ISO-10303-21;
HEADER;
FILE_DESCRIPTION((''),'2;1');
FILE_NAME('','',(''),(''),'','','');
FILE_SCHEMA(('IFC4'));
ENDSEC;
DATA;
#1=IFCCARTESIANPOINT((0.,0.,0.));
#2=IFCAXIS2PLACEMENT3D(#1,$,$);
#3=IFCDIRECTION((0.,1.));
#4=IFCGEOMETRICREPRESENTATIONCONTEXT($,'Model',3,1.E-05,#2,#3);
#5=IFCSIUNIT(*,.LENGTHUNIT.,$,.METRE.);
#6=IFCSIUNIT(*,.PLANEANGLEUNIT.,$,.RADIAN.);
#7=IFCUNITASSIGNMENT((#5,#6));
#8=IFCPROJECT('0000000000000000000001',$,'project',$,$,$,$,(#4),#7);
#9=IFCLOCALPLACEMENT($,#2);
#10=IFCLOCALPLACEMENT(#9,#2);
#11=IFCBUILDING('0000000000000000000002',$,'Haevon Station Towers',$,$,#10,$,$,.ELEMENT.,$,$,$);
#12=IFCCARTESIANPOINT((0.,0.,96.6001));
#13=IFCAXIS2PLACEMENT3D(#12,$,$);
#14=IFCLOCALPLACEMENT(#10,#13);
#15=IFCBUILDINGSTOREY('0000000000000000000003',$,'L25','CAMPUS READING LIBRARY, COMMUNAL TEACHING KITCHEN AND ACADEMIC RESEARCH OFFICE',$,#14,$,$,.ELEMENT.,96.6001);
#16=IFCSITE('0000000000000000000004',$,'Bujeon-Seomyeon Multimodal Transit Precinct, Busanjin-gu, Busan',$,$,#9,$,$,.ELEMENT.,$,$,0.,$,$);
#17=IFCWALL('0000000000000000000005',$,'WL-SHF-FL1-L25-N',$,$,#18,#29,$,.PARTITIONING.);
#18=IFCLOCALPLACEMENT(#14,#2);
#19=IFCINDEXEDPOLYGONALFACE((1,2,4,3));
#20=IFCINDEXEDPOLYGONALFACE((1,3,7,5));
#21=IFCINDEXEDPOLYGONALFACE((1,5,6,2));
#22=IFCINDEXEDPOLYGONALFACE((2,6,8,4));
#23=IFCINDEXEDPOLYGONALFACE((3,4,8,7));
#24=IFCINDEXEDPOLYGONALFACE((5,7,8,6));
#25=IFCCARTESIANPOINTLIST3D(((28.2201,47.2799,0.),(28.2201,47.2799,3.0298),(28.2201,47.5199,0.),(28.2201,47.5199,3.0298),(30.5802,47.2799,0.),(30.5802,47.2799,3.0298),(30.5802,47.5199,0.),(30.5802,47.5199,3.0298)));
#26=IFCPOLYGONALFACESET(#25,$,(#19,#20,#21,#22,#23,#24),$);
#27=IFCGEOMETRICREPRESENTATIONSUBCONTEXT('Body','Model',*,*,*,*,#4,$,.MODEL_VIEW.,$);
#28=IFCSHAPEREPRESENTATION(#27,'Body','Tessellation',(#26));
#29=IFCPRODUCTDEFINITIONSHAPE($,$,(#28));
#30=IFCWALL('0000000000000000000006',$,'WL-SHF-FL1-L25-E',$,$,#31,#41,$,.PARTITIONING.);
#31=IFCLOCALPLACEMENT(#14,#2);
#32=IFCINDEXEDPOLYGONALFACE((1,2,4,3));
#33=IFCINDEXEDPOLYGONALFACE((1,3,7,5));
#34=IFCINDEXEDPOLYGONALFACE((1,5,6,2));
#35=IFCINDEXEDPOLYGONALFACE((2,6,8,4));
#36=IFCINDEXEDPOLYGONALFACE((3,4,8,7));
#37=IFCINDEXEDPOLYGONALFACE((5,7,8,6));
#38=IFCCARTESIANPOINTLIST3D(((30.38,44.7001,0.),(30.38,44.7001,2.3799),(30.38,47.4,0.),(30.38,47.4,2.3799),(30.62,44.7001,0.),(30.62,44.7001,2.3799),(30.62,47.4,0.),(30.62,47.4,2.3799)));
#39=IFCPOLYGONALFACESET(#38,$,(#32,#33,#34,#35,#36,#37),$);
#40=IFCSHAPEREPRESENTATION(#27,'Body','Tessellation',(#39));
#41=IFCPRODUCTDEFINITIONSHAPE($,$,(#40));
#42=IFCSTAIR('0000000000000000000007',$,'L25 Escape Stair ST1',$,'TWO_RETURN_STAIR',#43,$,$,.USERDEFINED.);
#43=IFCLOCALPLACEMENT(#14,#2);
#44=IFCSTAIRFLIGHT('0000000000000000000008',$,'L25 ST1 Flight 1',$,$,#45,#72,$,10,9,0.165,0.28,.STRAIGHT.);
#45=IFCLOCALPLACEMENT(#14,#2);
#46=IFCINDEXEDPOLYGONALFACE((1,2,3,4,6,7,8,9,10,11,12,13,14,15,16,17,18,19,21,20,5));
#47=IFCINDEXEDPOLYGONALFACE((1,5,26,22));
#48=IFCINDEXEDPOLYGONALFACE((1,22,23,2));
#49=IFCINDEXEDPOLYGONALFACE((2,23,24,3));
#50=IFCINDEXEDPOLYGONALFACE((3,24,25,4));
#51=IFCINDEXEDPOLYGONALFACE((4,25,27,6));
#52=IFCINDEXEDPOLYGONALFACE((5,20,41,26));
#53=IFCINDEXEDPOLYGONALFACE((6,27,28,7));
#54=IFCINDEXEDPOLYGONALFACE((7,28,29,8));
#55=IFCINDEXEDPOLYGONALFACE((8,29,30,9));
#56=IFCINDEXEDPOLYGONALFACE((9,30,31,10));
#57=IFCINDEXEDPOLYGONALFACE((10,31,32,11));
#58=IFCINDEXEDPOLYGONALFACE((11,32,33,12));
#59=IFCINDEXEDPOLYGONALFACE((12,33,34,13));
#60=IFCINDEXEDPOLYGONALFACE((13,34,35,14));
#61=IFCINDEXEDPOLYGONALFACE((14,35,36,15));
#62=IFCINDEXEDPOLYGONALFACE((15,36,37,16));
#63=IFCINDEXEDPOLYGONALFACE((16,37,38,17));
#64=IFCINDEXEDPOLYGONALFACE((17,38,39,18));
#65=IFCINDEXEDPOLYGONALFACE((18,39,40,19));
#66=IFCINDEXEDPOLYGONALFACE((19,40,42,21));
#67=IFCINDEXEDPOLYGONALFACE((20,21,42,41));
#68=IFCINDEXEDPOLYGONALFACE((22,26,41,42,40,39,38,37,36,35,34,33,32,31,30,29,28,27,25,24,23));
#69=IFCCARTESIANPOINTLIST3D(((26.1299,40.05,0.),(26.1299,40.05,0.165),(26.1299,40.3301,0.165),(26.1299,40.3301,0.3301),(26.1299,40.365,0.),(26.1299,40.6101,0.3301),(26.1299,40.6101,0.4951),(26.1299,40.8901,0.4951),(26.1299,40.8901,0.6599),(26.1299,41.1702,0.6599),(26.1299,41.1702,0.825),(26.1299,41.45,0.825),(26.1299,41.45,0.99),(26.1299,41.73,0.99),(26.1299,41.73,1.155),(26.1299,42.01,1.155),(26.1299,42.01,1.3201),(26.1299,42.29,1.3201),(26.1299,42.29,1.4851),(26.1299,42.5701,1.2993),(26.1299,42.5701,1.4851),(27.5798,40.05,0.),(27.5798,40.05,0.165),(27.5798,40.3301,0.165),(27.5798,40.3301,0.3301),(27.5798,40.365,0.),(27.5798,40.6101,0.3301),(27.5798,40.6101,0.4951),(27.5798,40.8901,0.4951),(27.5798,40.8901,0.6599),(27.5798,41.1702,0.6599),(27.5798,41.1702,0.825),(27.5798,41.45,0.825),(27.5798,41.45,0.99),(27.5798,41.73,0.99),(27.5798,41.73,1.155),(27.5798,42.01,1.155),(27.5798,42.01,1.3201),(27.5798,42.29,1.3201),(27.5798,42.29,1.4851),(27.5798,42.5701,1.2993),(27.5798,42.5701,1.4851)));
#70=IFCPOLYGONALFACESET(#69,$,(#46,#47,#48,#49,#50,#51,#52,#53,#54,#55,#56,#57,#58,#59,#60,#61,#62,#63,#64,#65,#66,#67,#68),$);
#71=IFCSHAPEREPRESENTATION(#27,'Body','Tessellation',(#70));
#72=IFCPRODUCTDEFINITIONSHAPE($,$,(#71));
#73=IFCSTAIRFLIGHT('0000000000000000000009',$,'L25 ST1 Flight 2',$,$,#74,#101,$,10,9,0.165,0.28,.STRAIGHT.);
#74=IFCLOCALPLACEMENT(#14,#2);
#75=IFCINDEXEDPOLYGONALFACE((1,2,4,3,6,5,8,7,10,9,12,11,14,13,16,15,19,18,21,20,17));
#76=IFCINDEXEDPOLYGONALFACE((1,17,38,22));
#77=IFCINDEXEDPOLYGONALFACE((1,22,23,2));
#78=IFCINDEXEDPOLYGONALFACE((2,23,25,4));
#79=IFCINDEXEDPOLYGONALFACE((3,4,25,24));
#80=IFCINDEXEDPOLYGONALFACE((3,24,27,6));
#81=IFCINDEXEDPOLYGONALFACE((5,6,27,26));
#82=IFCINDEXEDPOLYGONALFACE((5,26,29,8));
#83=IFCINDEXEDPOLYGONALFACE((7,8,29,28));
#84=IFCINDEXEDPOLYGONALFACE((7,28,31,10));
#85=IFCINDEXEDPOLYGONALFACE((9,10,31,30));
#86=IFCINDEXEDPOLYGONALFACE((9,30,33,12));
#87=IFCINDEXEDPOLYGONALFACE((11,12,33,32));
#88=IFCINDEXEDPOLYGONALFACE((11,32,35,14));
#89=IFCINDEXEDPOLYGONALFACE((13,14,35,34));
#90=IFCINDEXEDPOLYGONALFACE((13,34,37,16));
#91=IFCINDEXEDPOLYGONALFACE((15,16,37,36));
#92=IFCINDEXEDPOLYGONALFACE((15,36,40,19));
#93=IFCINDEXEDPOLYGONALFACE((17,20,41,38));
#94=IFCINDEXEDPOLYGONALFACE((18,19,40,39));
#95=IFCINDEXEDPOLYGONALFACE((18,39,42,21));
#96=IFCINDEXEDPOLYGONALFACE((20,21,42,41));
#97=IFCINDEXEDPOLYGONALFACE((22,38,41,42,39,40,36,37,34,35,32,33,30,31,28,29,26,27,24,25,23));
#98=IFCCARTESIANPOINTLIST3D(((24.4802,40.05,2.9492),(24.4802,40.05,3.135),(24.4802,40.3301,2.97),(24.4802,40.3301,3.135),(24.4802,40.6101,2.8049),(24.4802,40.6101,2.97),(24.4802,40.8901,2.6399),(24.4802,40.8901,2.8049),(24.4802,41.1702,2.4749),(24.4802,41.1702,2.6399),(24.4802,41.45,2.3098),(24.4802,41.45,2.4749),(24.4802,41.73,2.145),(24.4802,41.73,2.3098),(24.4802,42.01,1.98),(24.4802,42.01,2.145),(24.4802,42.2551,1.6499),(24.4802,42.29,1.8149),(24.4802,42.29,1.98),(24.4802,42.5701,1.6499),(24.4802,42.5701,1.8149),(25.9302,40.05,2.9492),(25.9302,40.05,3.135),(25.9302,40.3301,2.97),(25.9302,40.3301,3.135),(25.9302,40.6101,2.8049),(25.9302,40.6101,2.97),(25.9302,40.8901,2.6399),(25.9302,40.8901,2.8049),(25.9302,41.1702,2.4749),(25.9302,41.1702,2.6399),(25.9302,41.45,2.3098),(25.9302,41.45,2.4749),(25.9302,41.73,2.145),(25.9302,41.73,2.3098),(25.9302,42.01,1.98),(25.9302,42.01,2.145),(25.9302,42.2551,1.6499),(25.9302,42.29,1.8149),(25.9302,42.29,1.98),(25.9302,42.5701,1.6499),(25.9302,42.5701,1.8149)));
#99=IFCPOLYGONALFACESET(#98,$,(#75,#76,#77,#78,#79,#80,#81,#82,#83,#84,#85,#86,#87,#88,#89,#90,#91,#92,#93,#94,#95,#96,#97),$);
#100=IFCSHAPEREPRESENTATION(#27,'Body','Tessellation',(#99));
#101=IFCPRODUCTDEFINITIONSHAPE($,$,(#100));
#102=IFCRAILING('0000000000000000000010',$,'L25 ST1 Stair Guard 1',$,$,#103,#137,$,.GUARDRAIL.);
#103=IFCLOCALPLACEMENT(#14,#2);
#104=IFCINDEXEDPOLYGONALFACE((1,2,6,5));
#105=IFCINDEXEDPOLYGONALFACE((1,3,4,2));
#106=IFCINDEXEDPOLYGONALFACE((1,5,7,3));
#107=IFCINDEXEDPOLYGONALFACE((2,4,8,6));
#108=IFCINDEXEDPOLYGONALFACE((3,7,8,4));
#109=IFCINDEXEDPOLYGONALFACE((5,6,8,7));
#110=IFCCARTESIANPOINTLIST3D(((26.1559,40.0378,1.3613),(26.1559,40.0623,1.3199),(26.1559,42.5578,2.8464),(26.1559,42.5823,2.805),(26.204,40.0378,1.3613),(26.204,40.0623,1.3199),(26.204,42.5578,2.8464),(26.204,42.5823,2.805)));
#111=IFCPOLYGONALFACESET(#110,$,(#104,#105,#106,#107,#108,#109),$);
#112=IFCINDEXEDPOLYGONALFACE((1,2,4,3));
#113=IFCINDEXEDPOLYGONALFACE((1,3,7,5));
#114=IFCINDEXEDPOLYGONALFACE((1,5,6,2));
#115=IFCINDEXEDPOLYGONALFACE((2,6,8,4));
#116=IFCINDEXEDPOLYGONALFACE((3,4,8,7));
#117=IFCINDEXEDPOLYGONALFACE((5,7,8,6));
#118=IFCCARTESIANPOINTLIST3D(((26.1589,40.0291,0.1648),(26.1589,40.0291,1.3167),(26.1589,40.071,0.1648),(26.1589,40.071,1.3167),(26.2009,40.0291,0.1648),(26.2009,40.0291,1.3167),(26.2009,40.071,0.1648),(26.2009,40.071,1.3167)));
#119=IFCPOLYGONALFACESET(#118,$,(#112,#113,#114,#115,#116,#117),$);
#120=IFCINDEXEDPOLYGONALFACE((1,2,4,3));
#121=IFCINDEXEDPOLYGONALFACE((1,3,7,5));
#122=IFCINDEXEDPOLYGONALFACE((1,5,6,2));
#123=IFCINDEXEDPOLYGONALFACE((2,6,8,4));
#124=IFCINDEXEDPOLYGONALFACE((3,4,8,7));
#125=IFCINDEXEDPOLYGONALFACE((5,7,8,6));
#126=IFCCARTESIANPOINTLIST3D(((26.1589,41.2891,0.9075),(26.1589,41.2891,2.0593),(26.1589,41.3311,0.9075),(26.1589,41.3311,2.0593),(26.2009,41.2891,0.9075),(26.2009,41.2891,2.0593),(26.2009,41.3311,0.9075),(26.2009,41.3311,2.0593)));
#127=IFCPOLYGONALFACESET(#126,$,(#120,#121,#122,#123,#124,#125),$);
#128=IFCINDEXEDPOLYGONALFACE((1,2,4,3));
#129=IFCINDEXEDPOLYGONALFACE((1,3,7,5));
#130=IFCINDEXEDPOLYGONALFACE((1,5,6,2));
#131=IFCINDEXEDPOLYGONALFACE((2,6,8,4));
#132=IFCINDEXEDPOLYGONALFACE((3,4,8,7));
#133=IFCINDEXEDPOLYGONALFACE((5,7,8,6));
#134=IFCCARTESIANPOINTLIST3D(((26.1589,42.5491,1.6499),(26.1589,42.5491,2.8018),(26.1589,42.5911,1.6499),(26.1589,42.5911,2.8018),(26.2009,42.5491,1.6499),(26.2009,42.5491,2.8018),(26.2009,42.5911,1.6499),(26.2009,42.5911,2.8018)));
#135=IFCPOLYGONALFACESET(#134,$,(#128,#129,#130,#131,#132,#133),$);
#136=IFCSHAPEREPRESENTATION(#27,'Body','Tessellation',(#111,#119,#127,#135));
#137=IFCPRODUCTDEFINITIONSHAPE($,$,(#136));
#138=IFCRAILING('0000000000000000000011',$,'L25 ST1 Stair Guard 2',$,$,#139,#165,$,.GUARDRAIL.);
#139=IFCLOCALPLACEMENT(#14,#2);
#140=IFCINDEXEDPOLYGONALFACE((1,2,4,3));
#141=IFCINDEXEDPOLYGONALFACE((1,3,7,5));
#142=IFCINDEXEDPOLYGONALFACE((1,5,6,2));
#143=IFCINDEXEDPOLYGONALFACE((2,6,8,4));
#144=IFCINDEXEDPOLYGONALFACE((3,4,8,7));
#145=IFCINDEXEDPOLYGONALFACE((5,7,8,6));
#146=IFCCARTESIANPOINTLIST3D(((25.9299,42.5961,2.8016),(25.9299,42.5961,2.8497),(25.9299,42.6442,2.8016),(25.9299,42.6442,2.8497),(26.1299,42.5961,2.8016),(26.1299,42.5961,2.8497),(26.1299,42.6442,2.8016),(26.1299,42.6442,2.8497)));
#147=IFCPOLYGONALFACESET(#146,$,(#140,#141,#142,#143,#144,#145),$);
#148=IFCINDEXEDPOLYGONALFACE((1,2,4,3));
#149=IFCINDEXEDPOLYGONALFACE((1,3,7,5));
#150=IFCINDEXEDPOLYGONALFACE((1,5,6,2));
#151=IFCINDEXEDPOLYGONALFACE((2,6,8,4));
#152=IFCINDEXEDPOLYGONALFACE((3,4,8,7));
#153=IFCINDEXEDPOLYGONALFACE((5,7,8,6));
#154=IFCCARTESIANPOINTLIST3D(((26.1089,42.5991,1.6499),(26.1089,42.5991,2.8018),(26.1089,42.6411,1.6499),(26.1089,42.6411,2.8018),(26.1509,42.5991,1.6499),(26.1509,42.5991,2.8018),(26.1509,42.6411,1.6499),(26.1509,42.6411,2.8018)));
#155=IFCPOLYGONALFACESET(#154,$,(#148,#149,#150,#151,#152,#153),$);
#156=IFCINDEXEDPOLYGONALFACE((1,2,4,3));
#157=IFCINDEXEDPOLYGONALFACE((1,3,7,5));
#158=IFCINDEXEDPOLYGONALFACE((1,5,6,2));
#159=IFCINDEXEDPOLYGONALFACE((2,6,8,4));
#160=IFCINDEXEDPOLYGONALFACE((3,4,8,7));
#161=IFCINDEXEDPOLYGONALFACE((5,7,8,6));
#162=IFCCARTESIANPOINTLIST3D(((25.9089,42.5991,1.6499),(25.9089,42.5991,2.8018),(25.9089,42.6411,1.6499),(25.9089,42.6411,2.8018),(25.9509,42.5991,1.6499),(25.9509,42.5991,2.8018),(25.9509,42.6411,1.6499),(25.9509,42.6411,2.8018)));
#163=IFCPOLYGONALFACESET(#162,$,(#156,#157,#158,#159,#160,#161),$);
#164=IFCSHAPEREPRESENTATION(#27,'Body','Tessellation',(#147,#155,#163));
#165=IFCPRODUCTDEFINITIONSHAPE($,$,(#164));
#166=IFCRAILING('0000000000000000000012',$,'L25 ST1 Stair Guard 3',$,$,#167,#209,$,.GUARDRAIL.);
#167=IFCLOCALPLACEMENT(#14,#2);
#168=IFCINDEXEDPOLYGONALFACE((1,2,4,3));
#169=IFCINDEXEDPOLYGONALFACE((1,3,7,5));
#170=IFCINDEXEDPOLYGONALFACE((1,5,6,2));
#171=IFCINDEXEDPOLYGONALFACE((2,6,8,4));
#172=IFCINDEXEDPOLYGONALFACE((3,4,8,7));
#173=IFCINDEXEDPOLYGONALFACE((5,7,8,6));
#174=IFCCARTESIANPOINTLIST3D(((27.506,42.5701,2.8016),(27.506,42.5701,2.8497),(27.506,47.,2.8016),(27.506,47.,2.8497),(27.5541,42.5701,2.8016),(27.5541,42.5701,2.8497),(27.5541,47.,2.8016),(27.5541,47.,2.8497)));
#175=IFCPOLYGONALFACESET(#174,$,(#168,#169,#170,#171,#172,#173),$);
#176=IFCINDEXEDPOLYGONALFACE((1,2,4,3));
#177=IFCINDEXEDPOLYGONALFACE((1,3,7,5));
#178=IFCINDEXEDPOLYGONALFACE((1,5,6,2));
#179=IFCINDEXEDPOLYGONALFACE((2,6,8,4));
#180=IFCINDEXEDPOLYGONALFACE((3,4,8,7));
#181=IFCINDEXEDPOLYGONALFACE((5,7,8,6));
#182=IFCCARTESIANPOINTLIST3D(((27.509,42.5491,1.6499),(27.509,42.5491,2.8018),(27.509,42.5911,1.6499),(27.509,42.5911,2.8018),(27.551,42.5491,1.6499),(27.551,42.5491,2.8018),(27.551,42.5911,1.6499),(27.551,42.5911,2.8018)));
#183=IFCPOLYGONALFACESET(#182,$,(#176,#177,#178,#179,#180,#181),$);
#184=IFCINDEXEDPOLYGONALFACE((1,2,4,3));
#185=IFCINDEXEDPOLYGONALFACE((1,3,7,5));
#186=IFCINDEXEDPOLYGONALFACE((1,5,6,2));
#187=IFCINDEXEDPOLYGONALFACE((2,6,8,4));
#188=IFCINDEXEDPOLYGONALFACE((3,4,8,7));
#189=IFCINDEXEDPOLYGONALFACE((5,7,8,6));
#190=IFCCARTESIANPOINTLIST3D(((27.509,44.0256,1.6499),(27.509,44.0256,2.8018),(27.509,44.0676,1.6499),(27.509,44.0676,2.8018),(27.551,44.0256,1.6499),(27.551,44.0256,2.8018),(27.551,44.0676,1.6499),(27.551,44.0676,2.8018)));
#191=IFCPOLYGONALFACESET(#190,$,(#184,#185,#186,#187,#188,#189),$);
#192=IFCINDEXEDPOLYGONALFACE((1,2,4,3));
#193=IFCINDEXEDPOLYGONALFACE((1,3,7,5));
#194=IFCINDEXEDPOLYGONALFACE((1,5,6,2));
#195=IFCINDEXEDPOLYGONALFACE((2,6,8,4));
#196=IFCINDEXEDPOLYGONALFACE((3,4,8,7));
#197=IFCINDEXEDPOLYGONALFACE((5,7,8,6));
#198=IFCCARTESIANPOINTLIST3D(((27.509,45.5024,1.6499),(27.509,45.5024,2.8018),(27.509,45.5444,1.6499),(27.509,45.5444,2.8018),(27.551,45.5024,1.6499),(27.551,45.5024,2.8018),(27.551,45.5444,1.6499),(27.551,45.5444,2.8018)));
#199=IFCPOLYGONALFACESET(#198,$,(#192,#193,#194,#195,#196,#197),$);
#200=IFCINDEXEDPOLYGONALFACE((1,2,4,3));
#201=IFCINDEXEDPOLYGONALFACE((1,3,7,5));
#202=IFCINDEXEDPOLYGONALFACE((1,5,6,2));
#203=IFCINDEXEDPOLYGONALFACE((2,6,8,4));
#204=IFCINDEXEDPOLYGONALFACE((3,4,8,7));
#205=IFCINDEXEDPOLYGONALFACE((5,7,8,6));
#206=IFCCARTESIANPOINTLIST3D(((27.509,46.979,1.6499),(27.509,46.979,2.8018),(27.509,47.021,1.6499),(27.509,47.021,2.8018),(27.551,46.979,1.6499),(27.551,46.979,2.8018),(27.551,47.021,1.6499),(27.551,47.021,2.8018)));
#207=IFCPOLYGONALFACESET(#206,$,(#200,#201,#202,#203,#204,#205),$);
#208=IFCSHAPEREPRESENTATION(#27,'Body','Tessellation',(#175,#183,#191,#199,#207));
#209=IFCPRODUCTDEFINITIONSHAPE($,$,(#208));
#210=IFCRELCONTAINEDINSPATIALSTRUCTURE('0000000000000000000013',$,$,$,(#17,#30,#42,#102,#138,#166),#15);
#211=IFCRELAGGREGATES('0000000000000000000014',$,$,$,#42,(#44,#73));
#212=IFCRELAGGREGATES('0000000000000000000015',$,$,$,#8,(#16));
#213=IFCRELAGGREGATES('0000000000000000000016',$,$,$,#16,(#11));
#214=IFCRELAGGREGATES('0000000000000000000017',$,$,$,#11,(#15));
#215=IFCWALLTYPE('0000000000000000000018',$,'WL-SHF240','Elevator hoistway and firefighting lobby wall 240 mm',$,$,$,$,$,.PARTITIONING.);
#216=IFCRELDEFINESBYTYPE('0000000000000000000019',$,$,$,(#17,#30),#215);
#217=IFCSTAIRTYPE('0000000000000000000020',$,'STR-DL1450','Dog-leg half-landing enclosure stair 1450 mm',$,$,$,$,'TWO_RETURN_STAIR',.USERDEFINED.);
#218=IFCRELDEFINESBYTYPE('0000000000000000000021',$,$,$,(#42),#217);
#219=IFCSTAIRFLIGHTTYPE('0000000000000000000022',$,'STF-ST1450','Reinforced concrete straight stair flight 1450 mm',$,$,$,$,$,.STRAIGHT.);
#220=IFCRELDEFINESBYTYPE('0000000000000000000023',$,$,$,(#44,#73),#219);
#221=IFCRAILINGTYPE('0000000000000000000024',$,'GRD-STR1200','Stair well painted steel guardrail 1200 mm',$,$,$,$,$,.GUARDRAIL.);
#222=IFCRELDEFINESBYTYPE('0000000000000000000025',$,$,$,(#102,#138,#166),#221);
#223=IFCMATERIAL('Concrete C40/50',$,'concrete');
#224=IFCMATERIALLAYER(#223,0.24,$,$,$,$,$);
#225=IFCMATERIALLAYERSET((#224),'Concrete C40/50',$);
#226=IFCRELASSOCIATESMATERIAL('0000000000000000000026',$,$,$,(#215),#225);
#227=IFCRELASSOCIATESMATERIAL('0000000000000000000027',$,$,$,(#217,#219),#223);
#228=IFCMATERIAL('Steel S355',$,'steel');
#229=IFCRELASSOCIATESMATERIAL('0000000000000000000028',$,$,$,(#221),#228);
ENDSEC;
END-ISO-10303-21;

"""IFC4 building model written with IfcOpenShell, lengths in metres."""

from ifc_helpers import new_model, si_unit, direction, frame, frame_2d, origin, origin_2d, place, context, subcontext, project, spatial, polyline, rectangle, outline, extrude, material, layer, layer_set, type_object, element, aggregate, save


model = new_model("IFC4")

# Units and contexts
model_context = context("Model", 3, precision=1e-05, world=origin(), true_north=direction((0.0, 1.0)))
body_context = subcontext(model_context, "Body", "Model", "MODEL_VIEW")
ifc_project = project(units=[si_unit("LENGTHUNIT", "METRE"), si_unit("PLANEANGLEUNIT", "RADIAN")], contexts=[model_context])

# Site, building, storey
site_placement = place(None, origin())
site = spatial("IfcSite", under=ifc_project, at=site_placement, Name="Bujeon-Seomyeon Multimodal Transit Precinct, Busanjin-gu, Busan", CompositionType="ELEMENT", RefElevation=0.0)
building_placement = place(site_placement, origin())
building = spatial("IfcBuilding", under=site, at=building_placement, Name="Haevon Station Towers", CompositionType="ELEMENT")
storey_placement = place(building_placement, frame((0.0, 0.0, 96.6001)))
storey = spatial("IfcBuildingStorey", under=building, at=storey_placement, Name="L25", Description="CAMPUS READING LIBRARY, COMMUNAL TEACHING KITCHEN AND ACADEMIC RESEARCH OFFICE", CompositionType="ELEMENT", Elevation=96.6001)

# Shared definitions
ifc_material_1 = material(Name="Steel S355", Category="steel")

# Shared definitions
ifc_material_2 = material(Name="Concrete C40/50", Category="concrete")
ifc_layer_1 = layer(ifc_material_2, 0.24)
ifc_layer_set_1 = layer_set([ifc_layer_1], Name="Concrete C40/50")
wall_type_1 = type_object("IfcWallType", Name="WL-SHF240", Description="Elevator hoistway and firefighting lobby wall 240 mm", PredefinedType="PARTITIONING", material=ifc_layer_set_1)

# Walls
wall_1_placement = place(storey_placement, frame((28.22, 47.3999, 0.0), z_axis=(0.0, 0.0, 1.0), x_axis=(1.0, 0.0, 0.0)))
element("IfcWall", 1, at=wall_1_placement, inside=storey, type_object=wall_type_1, Name="WL-SHF-FL1-L25-N", PredefinedType="PARTITIONING", context=body_context, shape_type="SweptSolid", body=[
    extrude(rectangle(XDim=2.3601, YDim=0.24, at=frame_2d((1.1802, 0.0))), origin(), (0.0, 0.0, 1.0), 3.0298),
])
wall_2_placement = place(storey_placement, frame((30.5, 44.7, 0.0), z_axis=(0.0, 0.0, 1.0), x_axis=(0.0, 1.0, 0.0)))
element("IfcWall", 2, at=wall_2_placement, inside=storey, type_object=wall_type_1, Name="WL-SHF-FL1-L25-E", PredefinedType="PARTITIONING", context=body_context, shape_type="SweptSolid", body=[
    extrude(rectangle(XDim=2.7, YDim=0.24, at=frame_2d((1.3501, 0.0))), origin(), (0.0, 0.0, 1.0), 2.3799),
])

# Stair, stair flights
stair_type = type_object("IfcStairType", Name="STR-DL1450", Description="Dog-leg half-landing enclosure stair 1450 mm", ElementType="TWO_RETURN_STAIR", PredefinedType="USERDEFINED", material=ifc_material_2)
stair_placement = place(storey_placement, origin())
stair = element("IfcStair", 3, at=stair_placement, inside=storey, type_object=stair_type, Name="L25 Escape Stair ST1", ObjectType="TWO_RETURN_STAIR", PredefinedType="USERDEFINED")
stair_flight_type = type_object("IfcStairFlightType", Name="STF-ST1450", Description="Reinforced concrete straight stair flight 1450 mm", PredefinedType="STRAIGHT", material=ifc_material_2)
stair_flight_1_placement = place(storey_placement, frame((26.855, 40.05, 0.0), z_axis=(0.0, 0.0, 1.0), x_axis=(0.0, 1.0, 0.0)))
stair_flight_1 = element("IfcStairFlight", 4, at=stair_flight_1_placement, type_object=stair_flight_type, Name="L25 ST1 Flight 1", NumberOfRisers=10, NumberOfTreads=9, PredefinedType="STRAIGHT", RiserHeight=0.165, TreadLength=0.28, context=body_context, shape_type="SweptSolid", body=[
    extrude(outline(polyline([(0.0, 0.0), (0.0, 0.165), (0.28, 0.165), (0.28, 0.3301), (0.5601, 0.3301), (0.5601, 0.4951), (0.8401, 0.4951), (0.8401, 0.6599), (1.1201, 0.6599), (1.1201, 0.825), (1.3999, 0.825), (1.3999, 0.99), (1.6799, 0.99), (1.6799, 1.155), (1.96, 1.155), (1.96, 1.3201), (2.24, 1.3201), (2.24, 1.4851), (2.52, 1.4851), (2.52, 1.6499), (2.52, 1.2993), (0.3149, 0.0), (0.0, 0.0)])), frame((0.0, 0.7251, 0.0), z_axis=(0.0, -1.0, 0.0), x_axis=(1.0, 0.0, 0.0)), (0.0, 0.0, 1.0), 1.45),
])
stair_flight_2_placement = place(storey_placement, frame((25.2051, 42.5701, 1.6499), z_axis=(0.0, 0.0, 1.0), x_axis=(0.0, -1.0, 0.0)))
stair_flight_2 = element("IfcStairFlight", 5, at=stair_flight_2_placement, type_object=stair_flight_type, Name="L25 ST1 Flight 2", NumberOfRisers=10, NumberOfTreads=9, PredefinedType="STRAIGHT", RiserHeight=0.165, TreadLength=0.28, context=body_context, shape_type="SweptSolid", body=[
    extrude(outline(polyline([(0.0, 0.0), (0.0, 0.165), (0.28, 0.165), (0.28, 0.3301), (0.5601, 0.3301), (0.5601, 0.4951), (0.8401, 0.4951), (0.8401, 0.6599), (1.1201, 0.6599), (1.1201, 0.825), (1.3999, 0.825), (1.3999, 0.99), (1.6799, 0.99), (1.6799, 1.155), (1.96, 1.155), (1.96, 1.3201), (2.24, 1.3201), (2.24, 1.4851), (2.52, 1.4851), (2.52, 1.6499), (2.52, 1.2993), (0.3149, 0.0), (0.0, 0.0)])), frame((0.0, 0.7251, 0.0), z_axis=(0.0, -1.0, 0.0), x_axis=(1.0, 0.0, 0.0)), (0.0, 0.0, 1.0), 1.45),
])
aggregate(stair, [stair_flight_1, stair_flight_2])

# Railings
railing_type_1 = type_object("IfcRailingType", Name="GRD-STR1200", Description="Stair well painted steel guardrail 1200 mm", PredefinedType="GUARDRAIL", material=ifc_material_1)
railing_1_placement = place(storey_placement, frame((26.1799, 40.05, 0.1648)))
element("IfcRailing", 6, at=railing_1_placement, inside=storey, type_object=railing_type_1, Name="L25 ST1 Stair Guard 1", PredefinedType="GUARDRAIL", context=body_context, shape_type="SweptSolid", body=[
    extrude(rectangle(XDim=0.0481, YDim=0.0481, at=origin_2d()), frame((0.0, 0.0, 1.1758), z_axis=(0.0, 0.861524, 0.507717), x_axis=(-1.0, 0.0, 0.0)), (0.0, 0.0, 1.0), 2.925),
    extrude(rectangle(XDim=0.042, YDim=0.042, at=origin_2d()), origin(), (0.0, 0.0, 1.0), 1.1519),
    extrude(rectangle(XDim=0.042, YDim=0.042, at=origin_2d()), frame((0.0, 1.26, 0.7427)), (0.0, 0.0, 1.0), 1.1519),
    extrude(rectangle(XDim=0.042, YDim=0.042, at=origin_2d()), frame((0.0, 2.52, 1.4851)), (0.0, 0.0, 1.0), 1.1519),
])
railing_2_placement = place(storey_placement, frame((26.1299, 42.6201, 1.6499)))
element("IfcRailing", 7, at=railing_2_placement, inside=storey, type_object=railing_type_1, Name="L25 ST1 Stair Guard 2", PredefinedType="GUARDRAIL", context=body_context, shape_type="SweptSolid", body=[
    extrude(rectangle(XDim=0.0481, YDim=0.0481, at=origin_2d()), frame((0.0, 0.0, 1.1758), z_axis=(-1.0, 0.0, 0.0), x_axis=(0.0, -1.0, 0.0)), (0.0, 0.0, 1.0), 0.2),
    extrude(rectangle(XDim=0.042, YDim=0.042, at=origin_2d()), origin(), (0.0, 0.0, 1.0), 1.1519),
    extrude(rectangle(XDim=0.042, YDim=0.042, at=origin_2d()), frame((-0.2, 0.0, 0.0)), (0.0, 0.0, 1.0), 1.1519),
])
railing_3_placement = place(storey_placement, frame((27.53, 42.5701, 1.6499)))
element("IfcRailing", 8, at=railing_3_placement, inside=storey, type_object=railing_type_1, Name="L25 ST1 Stair Guard 3", PredefinedType="GUARDRAIL", context=body_context, shape_type="SweptSolid", body=[
    extrude(rectangle(XDim=0.0481, YDim=0.0481, at=origin_2d()), frame((0.0, 0.0, 1.1758), z_axis=(0.0, 1.0, 0.0), x_axis=(-1.0, 0.0, 0.0)), (0.0, 0.0, 1.0), 4.4299),
    extrude(rectangle(XDim=0.042, YDim=0.042, at=origin_2d()), origin(), (0.0, 0.0, 1.0), 1.1519),
    extrude(rectangle(XDim=0.042, YDim=0.042, at=origin_2d()), frame((0.0, 1.4766, 0.0)), (0.0, 0.0, 1.0), 1.1519),
    extrude(rectangle(XDim=0.042, YDim=0.042, at=origin_2d()), frame((0.0, 2.9534, 0.0)), (0.0, 0.0, 1.0), 1.1519),
    extrude(rectangle(XDim=0.042, YDim=0.042, at=origin_2d()), frame((0.0, 4.4299, 0.0)), (0.0, 0.0, 1.0), 1.1519),
])

save(model, "model.ifc")
